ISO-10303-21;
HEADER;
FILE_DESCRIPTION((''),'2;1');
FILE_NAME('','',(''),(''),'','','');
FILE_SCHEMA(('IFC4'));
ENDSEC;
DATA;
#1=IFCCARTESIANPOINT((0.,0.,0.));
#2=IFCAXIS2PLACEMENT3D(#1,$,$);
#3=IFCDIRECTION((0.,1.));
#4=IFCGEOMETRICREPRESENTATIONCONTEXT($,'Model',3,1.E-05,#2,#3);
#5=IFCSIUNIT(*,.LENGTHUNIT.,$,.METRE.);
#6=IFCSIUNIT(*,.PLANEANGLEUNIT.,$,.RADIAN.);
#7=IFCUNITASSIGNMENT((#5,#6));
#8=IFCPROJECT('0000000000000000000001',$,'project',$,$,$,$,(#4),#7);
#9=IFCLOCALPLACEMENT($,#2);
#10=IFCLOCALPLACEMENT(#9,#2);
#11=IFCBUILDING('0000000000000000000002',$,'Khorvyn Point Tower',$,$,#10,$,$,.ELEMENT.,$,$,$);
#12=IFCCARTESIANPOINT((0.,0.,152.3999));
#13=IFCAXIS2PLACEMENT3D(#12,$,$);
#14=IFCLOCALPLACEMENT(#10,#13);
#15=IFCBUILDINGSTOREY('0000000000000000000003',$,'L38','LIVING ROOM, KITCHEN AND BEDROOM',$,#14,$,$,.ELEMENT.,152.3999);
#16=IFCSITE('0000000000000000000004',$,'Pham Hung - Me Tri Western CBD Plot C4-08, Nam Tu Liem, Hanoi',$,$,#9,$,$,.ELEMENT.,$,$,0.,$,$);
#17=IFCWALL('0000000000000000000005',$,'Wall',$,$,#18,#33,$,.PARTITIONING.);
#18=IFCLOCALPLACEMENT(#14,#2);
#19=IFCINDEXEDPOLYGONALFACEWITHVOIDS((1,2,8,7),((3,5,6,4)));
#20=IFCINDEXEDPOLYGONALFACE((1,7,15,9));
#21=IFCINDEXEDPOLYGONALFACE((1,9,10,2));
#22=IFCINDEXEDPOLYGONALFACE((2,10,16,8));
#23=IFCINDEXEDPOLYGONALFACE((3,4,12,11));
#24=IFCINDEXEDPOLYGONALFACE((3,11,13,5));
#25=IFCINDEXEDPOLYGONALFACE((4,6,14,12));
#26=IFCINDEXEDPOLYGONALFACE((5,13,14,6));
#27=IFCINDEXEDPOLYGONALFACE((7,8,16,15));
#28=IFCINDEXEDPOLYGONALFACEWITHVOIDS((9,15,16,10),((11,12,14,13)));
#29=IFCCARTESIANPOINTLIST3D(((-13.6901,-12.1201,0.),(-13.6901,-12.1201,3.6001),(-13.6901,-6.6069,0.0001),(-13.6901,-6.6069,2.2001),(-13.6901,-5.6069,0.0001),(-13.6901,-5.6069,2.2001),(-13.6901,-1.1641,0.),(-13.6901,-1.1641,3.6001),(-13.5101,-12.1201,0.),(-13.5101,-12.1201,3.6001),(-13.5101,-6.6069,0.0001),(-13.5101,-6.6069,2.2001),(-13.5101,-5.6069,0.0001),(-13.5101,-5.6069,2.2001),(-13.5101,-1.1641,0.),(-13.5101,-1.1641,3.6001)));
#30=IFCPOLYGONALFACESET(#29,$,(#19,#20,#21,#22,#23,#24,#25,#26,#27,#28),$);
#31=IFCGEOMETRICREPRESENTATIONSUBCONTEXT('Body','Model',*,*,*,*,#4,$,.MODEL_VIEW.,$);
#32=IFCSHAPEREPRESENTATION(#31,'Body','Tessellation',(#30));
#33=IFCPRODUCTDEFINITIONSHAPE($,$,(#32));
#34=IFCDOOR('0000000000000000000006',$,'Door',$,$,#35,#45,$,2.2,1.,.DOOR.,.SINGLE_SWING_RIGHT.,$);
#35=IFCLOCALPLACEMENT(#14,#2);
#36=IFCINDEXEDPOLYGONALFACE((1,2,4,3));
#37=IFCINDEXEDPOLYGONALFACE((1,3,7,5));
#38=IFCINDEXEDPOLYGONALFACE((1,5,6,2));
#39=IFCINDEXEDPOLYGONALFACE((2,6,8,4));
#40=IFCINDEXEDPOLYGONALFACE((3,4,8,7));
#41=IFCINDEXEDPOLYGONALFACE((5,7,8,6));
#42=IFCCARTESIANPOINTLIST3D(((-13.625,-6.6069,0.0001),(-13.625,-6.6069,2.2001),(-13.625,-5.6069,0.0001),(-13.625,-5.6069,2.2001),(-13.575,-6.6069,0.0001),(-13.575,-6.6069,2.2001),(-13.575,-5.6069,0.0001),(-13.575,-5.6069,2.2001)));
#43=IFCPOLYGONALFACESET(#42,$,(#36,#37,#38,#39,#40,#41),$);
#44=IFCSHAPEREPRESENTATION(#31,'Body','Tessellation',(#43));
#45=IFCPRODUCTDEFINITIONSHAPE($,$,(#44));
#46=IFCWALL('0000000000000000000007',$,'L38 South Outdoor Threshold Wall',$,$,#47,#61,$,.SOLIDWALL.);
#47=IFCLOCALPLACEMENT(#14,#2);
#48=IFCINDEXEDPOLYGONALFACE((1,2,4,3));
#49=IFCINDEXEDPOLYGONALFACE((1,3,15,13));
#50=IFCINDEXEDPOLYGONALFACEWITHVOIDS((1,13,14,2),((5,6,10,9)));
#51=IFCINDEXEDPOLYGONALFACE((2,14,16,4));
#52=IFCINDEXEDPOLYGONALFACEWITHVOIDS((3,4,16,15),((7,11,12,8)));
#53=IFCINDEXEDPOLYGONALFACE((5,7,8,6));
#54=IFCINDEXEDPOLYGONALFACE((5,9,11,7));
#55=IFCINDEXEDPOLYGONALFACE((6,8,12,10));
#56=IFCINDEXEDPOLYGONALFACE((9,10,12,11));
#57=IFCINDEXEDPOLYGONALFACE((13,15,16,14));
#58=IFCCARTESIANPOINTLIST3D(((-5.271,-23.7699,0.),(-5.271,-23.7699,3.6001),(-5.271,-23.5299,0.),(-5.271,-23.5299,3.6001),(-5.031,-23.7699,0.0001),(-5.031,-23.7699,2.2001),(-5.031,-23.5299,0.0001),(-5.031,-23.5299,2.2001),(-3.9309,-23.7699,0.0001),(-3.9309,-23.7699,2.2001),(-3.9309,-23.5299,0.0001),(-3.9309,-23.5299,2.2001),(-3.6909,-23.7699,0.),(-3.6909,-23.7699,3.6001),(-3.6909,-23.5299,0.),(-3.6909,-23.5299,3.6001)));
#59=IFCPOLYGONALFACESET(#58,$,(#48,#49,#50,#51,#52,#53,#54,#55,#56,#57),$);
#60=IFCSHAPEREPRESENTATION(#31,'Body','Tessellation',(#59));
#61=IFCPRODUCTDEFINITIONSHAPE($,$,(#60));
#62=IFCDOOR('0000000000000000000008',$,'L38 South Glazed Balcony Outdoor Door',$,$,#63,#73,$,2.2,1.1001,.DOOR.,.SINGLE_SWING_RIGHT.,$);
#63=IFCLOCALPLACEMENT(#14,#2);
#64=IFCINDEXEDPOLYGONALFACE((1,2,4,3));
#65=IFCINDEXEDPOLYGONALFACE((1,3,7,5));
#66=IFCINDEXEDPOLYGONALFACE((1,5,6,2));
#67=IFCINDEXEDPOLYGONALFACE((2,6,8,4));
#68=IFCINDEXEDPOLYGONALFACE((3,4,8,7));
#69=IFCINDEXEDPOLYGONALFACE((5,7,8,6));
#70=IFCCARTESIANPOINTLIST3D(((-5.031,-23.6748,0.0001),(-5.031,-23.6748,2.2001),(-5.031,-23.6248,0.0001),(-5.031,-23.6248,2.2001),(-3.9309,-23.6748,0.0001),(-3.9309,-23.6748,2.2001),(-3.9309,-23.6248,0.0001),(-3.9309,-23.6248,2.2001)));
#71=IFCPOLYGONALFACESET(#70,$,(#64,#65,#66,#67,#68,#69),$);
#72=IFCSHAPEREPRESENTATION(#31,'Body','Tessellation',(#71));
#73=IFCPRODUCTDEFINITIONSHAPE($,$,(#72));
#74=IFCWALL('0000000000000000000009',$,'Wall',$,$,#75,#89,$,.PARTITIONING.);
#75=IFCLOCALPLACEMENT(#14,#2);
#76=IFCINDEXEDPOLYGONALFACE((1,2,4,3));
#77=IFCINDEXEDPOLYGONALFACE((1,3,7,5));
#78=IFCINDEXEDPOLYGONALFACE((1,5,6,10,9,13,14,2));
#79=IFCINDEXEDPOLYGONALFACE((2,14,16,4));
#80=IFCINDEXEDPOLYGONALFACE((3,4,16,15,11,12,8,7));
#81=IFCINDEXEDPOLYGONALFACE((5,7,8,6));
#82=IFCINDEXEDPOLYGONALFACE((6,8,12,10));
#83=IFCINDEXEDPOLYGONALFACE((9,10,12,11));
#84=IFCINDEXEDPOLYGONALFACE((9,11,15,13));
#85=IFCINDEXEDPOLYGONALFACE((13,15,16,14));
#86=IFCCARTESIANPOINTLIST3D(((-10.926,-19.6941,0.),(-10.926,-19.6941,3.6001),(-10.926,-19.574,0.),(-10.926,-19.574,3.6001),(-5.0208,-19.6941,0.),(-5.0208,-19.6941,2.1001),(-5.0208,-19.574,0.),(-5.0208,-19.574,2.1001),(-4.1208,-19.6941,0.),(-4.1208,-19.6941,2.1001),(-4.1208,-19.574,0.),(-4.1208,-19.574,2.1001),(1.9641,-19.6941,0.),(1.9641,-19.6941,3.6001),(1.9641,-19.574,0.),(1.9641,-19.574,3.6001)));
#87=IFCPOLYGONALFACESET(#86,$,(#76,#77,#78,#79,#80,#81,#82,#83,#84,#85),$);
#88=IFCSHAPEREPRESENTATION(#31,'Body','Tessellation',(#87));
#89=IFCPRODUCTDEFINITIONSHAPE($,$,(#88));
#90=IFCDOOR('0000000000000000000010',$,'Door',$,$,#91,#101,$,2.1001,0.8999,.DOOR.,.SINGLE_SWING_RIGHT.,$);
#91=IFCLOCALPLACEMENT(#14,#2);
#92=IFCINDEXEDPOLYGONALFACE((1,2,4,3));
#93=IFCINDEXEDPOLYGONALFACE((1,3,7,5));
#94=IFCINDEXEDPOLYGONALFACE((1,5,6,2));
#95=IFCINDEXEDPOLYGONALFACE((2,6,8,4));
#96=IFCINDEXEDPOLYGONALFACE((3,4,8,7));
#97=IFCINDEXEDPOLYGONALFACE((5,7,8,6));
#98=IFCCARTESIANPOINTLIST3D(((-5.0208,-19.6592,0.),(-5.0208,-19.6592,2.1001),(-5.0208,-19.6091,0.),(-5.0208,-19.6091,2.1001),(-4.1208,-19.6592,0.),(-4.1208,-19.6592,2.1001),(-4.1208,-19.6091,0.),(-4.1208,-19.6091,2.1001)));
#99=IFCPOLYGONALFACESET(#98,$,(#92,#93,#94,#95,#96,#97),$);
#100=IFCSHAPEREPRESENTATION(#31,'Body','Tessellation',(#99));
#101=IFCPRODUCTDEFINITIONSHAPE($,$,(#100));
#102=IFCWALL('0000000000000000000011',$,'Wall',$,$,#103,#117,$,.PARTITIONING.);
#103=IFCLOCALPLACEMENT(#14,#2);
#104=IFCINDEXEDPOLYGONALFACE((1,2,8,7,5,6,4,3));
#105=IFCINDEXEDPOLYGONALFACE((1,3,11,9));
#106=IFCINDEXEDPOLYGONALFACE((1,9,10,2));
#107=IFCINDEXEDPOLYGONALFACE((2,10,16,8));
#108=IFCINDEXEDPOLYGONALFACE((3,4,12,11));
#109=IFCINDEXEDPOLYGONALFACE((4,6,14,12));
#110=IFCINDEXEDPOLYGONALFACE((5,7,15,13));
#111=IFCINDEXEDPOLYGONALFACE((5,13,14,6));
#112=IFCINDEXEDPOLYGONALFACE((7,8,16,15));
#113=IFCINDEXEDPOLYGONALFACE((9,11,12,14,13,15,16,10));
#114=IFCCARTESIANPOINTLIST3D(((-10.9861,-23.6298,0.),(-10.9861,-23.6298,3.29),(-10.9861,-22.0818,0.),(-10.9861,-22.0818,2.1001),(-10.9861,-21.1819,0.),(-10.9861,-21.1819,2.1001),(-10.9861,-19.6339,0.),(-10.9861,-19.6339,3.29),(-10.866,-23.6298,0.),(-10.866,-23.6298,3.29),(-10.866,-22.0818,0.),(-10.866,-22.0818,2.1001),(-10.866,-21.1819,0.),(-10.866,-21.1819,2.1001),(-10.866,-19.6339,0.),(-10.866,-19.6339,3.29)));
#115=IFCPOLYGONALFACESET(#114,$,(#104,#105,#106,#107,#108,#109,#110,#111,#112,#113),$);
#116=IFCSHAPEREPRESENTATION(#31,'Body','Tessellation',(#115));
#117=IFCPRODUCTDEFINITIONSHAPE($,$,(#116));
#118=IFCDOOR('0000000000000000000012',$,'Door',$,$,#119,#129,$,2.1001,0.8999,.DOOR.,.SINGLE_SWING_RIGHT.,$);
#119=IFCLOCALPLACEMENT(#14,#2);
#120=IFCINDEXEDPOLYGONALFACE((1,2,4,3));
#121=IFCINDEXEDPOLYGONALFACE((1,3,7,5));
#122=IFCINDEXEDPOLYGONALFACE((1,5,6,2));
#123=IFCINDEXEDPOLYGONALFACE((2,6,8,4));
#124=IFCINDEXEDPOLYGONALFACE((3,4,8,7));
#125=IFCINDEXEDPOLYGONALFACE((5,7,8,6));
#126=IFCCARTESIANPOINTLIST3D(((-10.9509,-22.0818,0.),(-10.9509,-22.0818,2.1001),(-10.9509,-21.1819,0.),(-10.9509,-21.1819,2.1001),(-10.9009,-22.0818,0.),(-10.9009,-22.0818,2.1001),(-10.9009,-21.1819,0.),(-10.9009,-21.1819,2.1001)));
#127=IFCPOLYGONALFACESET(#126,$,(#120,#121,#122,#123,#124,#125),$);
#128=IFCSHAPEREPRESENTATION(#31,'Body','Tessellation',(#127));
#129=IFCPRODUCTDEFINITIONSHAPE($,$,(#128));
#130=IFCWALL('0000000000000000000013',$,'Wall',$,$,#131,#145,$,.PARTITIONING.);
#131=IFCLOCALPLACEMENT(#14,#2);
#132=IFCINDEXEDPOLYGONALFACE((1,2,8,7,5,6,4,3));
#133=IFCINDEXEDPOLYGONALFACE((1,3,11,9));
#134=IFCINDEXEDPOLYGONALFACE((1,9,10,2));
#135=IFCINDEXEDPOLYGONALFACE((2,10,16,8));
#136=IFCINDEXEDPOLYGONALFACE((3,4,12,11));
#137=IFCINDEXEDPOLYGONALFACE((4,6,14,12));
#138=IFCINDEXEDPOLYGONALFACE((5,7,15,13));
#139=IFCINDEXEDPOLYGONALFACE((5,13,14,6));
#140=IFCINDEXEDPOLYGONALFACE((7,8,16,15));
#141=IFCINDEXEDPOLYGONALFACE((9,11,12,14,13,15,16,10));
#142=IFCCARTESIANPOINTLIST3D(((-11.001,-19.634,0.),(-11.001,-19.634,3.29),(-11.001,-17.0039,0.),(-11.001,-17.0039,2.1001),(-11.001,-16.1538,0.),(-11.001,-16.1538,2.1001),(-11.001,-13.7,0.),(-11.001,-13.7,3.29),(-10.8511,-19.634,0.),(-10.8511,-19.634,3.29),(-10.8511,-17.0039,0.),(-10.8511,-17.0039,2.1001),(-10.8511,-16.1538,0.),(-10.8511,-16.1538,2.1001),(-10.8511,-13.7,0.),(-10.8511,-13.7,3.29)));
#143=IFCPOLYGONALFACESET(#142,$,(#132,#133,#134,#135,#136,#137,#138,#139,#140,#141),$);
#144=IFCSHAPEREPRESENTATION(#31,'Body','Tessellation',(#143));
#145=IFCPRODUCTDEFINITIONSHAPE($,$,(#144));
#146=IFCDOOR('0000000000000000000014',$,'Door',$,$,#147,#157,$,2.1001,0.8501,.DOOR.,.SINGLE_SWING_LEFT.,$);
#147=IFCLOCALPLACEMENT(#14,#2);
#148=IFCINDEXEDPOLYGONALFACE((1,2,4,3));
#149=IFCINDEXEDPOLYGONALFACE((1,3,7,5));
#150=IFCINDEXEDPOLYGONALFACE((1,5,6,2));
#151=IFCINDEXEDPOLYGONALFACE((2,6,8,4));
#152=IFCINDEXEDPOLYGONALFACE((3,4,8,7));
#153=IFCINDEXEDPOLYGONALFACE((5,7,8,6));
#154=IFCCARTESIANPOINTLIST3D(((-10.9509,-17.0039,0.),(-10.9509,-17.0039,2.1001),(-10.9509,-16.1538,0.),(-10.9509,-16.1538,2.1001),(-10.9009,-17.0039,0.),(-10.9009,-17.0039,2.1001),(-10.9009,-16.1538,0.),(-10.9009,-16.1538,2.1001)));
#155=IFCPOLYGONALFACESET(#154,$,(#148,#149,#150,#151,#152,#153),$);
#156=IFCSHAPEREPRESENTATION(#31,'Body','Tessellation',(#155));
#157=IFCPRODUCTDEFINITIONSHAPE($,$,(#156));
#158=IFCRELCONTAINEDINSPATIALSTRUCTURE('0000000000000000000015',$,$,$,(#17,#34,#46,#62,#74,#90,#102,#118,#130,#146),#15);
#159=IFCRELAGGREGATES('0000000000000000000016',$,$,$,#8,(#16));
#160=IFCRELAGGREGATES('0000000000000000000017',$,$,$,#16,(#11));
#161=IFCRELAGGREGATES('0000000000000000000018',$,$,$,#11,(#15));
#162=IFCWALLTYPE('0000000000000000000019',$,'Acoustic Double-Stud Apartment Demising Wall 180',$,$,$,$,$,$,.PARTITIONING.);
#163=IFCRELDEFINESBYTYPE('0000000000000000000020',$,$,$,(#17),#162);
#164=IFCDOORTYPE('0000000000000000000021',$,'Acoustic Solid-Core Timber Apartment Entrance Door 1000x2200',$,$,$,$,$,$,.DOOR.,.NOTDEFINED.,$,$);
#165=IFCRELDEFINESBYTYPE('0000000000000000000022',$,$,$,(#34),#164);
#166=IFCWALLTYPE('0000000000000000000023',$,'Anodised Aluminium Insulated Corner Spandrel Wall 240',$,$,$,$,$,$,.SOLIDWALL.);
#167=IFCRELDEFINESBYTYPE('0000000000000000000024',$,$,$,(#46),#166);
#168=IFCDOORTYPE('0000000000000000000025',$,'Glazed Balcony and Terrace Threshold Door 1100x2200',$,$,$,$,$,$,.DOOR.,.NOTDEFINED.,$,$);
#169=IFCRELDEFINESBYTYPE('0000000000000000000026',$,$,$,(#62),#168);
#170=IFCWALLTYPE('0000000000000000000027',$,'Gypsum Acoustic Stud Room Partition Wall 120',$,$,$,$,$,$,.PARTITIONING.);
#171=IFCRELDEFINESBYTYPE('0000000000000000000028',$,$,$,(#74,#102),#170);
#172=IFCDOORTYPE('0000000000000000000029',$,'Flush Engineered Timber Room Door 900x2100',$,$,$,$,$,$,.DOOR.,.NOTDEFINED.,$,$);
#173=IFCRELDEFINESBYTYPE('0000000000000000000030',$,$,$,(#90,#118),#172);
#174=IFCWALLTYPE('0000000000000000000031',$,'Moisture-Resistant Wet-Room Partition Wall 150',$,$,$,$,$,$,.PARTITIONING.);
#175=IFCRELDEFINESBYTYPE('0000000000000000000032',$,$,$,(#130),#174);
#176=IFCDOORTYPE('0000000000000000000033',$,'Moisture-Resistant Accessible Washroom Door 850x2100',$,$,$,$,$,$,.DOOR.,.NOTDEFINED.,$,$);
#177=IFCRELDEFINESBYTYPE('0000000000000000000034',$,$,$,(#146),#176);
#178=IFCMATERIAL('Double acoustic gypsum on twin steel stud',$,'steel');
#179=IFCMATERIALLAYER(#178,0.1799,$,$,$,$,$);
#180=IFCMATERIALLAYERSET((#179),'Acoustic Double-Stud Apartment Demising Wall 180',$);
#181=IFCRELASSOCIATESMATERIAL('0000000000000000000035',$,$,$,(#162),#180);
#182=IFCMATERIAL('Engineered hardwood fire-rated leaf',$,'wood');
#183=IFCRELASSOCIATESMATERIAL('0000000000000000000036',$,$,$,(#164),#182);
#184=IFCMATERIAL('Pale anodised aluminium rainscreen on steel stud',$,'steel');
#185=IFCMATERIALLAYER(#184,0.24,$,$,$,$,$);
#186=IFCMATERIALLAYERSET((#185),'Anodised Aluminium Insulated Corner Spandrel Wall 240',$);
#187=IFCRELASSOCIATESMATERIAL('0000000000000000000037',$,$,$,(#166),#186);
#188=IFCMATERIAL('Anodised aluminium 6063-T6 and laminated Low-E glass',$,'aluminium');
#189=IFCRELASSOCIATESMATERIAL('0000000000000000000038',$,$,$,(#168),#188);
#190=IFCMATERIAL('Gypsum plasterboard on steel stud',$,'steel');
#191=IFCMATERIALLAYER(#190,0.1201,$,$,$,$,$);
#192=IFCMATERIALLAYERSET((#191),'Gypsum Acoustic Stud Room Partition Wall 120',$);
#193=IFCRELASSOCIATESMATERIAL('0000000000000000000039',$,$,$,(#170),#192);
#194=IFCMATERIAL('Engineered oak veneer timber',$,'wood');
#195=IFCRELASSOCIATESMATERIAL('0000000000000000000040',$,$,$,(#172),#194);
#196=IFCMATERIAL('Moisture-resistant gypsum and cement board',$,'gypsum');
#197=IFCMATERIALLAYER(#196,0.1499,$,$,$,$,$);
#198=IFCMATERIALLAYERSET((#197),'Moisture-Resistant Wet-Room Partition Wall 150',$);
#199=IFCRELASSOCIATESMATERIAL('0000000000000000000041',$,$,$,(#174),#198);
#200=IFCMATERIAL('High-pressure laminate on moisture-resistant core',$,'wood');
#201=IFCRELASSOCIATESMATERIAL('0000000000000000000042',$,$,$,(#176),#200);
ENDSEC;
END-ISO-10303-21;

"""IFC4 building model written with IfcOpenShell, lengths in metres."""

from ifc_helpers import new_model, si_unit, direction, frame, frame_2d, origin, place, context, subcontext, project, spatial, rectangle, extrude, material, layer, layer_set, type_object, element, fill, save


model = new_model("IFC4")

# Units and contexts
model_context = context("Model", 3, precision=1e-05, world=origin(), true_north=direction((0.0, 1.0)))
body_context = subcontext(model_context, "Body", "Model", "MODEL_VIEW")
ifc_project = project(units=[si_unit("LENGTHUNIT", "METRE"), si_unit("PLANEANGLEUNIT", "RADIAN")], contexts=[model_context])

# Site, building, storey
site_placement = place(None, origin())
site = spatial("IfcSite", under=ifc_project, at=site_placement, Name="Pham Hung - Me Tri Western CBD Plot C4-08, Nam Tu Liem, Hanoi", CompositionType="ELEMENT", RefElevation=0.0)
building_placement = place(site_placement, origin())
building = spatial("IfcBuilding", under=site, at=building_placement, Name="Khorvyn Point Tower", CompositionType="ELEMENT")
storey_placement = place(building_placement, frame((0.0, 0.0, 152.3999)))
storey = spatial("IfcBuildingStorey", under=building, at=storey_placement, Name="L38", Description="LIVING ROOM, KITCHEN AND BEDROOM", CompositionType="ELEMENT", Elevation=152.3999)

# Shared definitions
ifc_material_1 = material(Name="Anodised aluminium 6063-T6 and laminated Low-E glass", Category="aluminium")

# Walls, openings, doors
ifc_material_2 = material(Name="Double acoustic gypsum on twin steel stud", Category="steel")
ifc_layer_1 = layer(ifc_material_2, 0.1799)
ifc_layer_set_1 = layer_set([ifc_layer_1], Name="Acoustic Double-Stud Apartment Demising Wall 180")
wall_type_1 = type_object("IfcWallType", Name="Acoustic Double-Stud Apartment Demising Wall 180", PredefinedType="PARTITIONING", material=ifc_layer_set_1)
wall_1_placement = place(storey_placement, frame((-13.6001, -12.1201, 0.0), z_axis=(0.0, 0.0, 1.0), x_axis=(0.0, 1.0, 0.0)))
wall_1 = element("IfcWall", 1, at=wall_1_placement, inside=storey, type_object=wall_type_1, Name="Wall", PredefinedType="PARTITIONING", context=body_context, shape_type="SweptSolid", body=[
    extrude(rectangle(XDim=10.9561, YDim=0.1799, at=frame_2d((5.478, 0.0))), origin(), (0.0, 0.0, 1.0), 3.6001),
])
opening_1_placement = place(wall_1_placement, frame((5.5132, 0.0, 0.0)))
opening_1 = element("IfcOpeningElement", 2, at=opening_1_placement, cuts=wall_1, PredefinedType="OPENING", context=body_context, shape_type="SweptSolid", body=[
    extrude(rectangle(XDim=1.0, YDim=2.2, at=frame_2d((0.5, 1.1001))), frame((0.0, 0.0999, 0.0), z_axis=(0.0, -1.0, 0.0), x_axis=(1.0, 0.0, 0.0)), (0.0, 0.0, 1.0), 0.2),
])
ifc_material_3 = material(Name="Engineered hardwood fire-rated leaf", Category="wood")
door_type_1 = type_object("IfcDoorType", Name="Acoustic Solid-Core Timber Apartment Entrance Door 1000x2200", OperationType="NOTDEFINED", PredefinedType="DOOR", material=ifc_material_3)
door_1_placement = place(opening_1_placement, origin())
door_1 = element("IfcDoor", 3, at=door_1_placement, inside=storey, type_object=door_type_1, Name="Door", OperationType="SINGLE_SWING_RIGHT", OverallHeight=2.2, OverallWidth=1.0, PredefinedType="DOOR", context=body_context, shape_type="SweptSolid", body=[
    extrude(rectangle(XDim=1.0, YDim=2.2, at=frame_2d((0.5, 1.1001))), frame((0.0, 0.0249, 0.0), z_axis=(0.0, -1.0, 0.0), x_axis=(1.0, 0.0, 0.0)), (0.0, 0.0, 1.0), 0.05),
])
fill(opening_1, door_1)
ifc_material_4 = material(Name="Pale anodised aluminium rainscreen on steel stud", Category="steel")
ifc_layer_2 = layer(ifc_material_4, 0.24)
ifc_layer_set_2 = layer_set([ifc_layer_2], Name="Anodised Aluminium Insulated Corner Spandrel Wall 240")
wall_type_2 = type_object("IfcWallType", Name="Anodised Aluminium Insulated Corner Spandrel Wall 240", PredefinedType="SOLIDWALL", material=ifc_layer_set_2)
wall_2_placement = place(storey_placement, frame((-3.6909, -23.6499, 0.0), z_axis=(0.0, 0.0, 1.0), x_axis=(-1.0, 0.0, 0.0)))
wall_2 = element("IfcWall", 4, at=wall_2_placement, inside=storey, type_object=wall_type_2, Name="L38 South Outdoor Threshold Wall", PredefinedType="SOLIDWALL", context=body_context, shape_type="SweptSolid", body=[
    extrude(rectangle(XDim=1.5801, YDim=0.24, at=frame_2d((0.79, 0.0))), origin(), (0.0, 0.0, 1.0), 3.6001),
])
opening_2_placement = place(wall_2_placement, frame((0.24, 0.0, 0.0)))
opening_2 = element("IfcOpeningElement", 5, at=opening_2_placement, cuts=wall_2, PredefinedType="OPENING", context=body_context, shape_type="SweptSolid", body=[
    extrude(rectangle(XDim=1.1001, YDim=2.2, at=frame_2d((0.55, 1.1001))), frame((0.0, 0.1299, 0.0), z_axis=(0.0, -1.0, 0.0), x_axis=(1.0, 0.0, 0.0)), (0.0, 0.0, 1.0), 0.26),
])
door_type_2 = type_object("IfcDoorType", Name="Glazed Balcony and Terrace Threshold Door 1100x2200", OperationType="NOTDEFINED", PredefinedType="DOOR", material=ifc_material_1)
door_2_placement = place(opening_2_placement, origin())
door_2 = element("IfcDoor", 6, at=door_2_placement, inside=storey, type_object=door_type_2, Name="L38 South Glazed Balcony Outdoor Door", OperationType="SINGLE_SWING_RIGHT", OverallHeight=2.2, OverallWidth=1.1001, PredefinedType="DOOR", context=body_context, shape_type="SweptSolid", body=[
    extrude(rectangle(XDim=1.1001, YDim=2.2, at=frame_2d((0.55, 1.1001))), frame((0.0, 0.0249, 0.0), z_axis=(0.0, -1.0, 0.0), x_axis=(1.0, 0.0, 0.0)), (0.0, 0.0, 1.0), 0.05),
])
fill(opening_2, door_2)
ifc_material_5 = material(Name="Gypsum plasterboard on steel stud", Category="steel")
ifc_layer_3 = layer(ifc_material_5, 0.1201)
ifc_layer_set_3 = layer_set([ifc_layer_3], Name="Gypsum Acoustic Stud Room Partition Wall 120")
wall_type_3 = type_object("IfcWallType", Name="Gypsum Acoustic Stud Room Partition Wall 120", PredefinedType="PARTITIONING", material=ifc_layer_set_3)
wall_3_placement = place(storey_placement, frame((-10.926, -19.634, 0.0), z_axis=(0.0, 0.0, 1.0), x_axis=(1.0, 0.0, 0.0)))
wall_3 = element("IfcWall", 7, at=wall_3_placement, inside=storey, type_object=wall_type_3, Name="Wall", PredefinedType="PARTITIONING", context=body_context, shape_type="SweptSolid", body=[
    extrude(rectangle(XDim=12.8901, YDim=0.1201, at=frame_2d((6.4451, 0.0))), origin(), (0.0, 0.0, 1.0), 3.6001),
])
opening_3_placement = place(wall_3_placement, frame((5.9053, 0.0, 0.0)))
opening_3 = element("IfcOpeningElement", 8, at=opening_3_placement, cuts=wall_3, PredefinedType="OPENING", context=body_context, shape_type="SweptSolid", body=[
    extrude(rectangle(XDim=0.8999, YDim=2.1001, at=frame_2d((0.45, 1.05))), frame((0.0, 0.0701, 0.0), z_axis=(0.0, -1.0, 0.0), x_axis=(1.0, 0.0, 0.0)), (0.0, 0.0, 1.0), 0.1401),
])
ifc_material_6 = material(Name="Engineered oak veneer timber", Category="wood")
door_type_3 = type_object("IfcDoorType", Name="Flush Engineered Timber Room Door 900x2100", OperationType="NOTDEFINED", PredefinedType="DOOR", material=ifc_material_6)
door_3_placement = place(opening_3_placement, origin())
door_3 = element("IfcDoor", 9, at=door_3_placement, inside=storey, type_object=door_type_3, Name="Door", OperationType="SINGLE_SWING_RIGHT", OverallHeight=2.1001, OverallWidth=0.8999, PredefinedType="DOOR", context=body_context, shape_type="SweptSolid", body=[
    extrude(rectangle(XDim=0.8999, YDim=2.1001, at=frame_2d((0.45, 1.05))), frame((0.0, 0.0249, 0.0), z_axis=(0.0, -1.0, 0.0), x_axis=(1.0, 0.0, 0.0)), (0.0, 0.0, 1.0), 0.05),
])
fill(opening_3, door_3)
wall_4_placement = place(storey_placement, frame((-10.926, -23.6299, 0.0), z_axis=(0.0, 0.0, 1.0), x_axis=(0.0, 1.0, 0.0)))
wall_4 = element("IfcWall", 10, at=wall_4_placement, inside=storey, type_object=wall_type_3, Name="Wall", PredefinedType="PARTITIONING", context=body_context, shape_type="SweptSolid", body=[
    extrude(rectangle(XDim=3.9958, YDim=0.1201, at=frame_2d((1.998, 0.0))), origin(), (0.0, 0.0, 1.0), 3.29),
])
opening_4_placement = place(wall_4_placement, frame((1.5481, 0.0, 0.0)))
opening_4 = element("IfcOpeningElement", 11, at=opening_4_placement, cuts=wall_4, PredefinedType="OPENING", context=body_context, shape_type="SweptSolid", body=[
    extrude(rectangle(XDim=0.8999, YDim=2.1001, at=frame_2d((0.45, 1.05))), frame((0.0, 0.0701, 0.0), z_axis=(0.0, -1.0, 0.0), x_axis=(1.0, 0.0, 0.0)), (0.0, 0.0, 1.0), 0.1401),
])
door_4_placement = place(opening_4_placement, origin())
door_4 = element("IfcDoor", 12, at=door_4_placement, inside=storey, type_object=door_type_3, Name="Door", OperationType="SINGLE_SWING_RIGHT", OverallHeight=2.1001, OverallWidth=0.8999, PredefinedType="DOOR", context=body_context, shape_type="SweptSolid", body=[
    extrude(rectangle(XDim=0.8999, YDim=2.1001, at=frame_2d((0.45, 1.05))), frame((0.0, 0.0249, 0.0), z_axis=(0.0, -1.0, 0.0), x_axis=(1.0, 0.0, 0.0)), (0.0, 0.0, 1.0), 0.05),
])
fill(opening_4, door_4)
ifc_material_7 = material(Name="Moisture-resistant gypsum and cement board", Category="gypsum")
ifc_layer_4 = layer(ifc_material_7, 0.1499)
ifc_layer_set_4 = layer_set([ifc_layer_4], Name="Moisture-Resistant Wet-Room Partition Wall 150")
wall_type_4 = type_object("IfcWallType", Name="Moisture-Resistant Wet-Room Partition Wall 150", PredefinedType="PARTITIONING", material=ifc_layer_set_4)
wall_5_placement = place(storey_placement, frame((-10.926, -19.634, 0.0), z_axis=(0.0, 0.0, 1.0), x_axis=(0.0, 1.0, 0.0)))
wall_5 = element("IfcWall", 13, at=wall_5_placement, inside=storey, type_object=wall_type_4, Name="Wall", PredefinedType="PARTITIONING", context=body_context, shape_type="SweptSolid", body=[
    extrude(rectangle(XDim=5.9341, YDim=0.1499, at=frame_2d((2.967, 0.0))), origin(), (0.0, 0.0, 1.0), 3.29),
])
opening_5_placement = place(wall_5_placement, frame((2.6301, 0.0, 0.0)))
opening_5 = element("IfcOpeningElement", 14, at=opening_5_placement, cuts=wall_5, PredefinedType="OPENING", context=body_context, shape_type="SweptSolid", body=[
    extrude(rectangle(XDim=0.8501, YDim=2.1001, at=frame_2d((0.425, 1.05))), frame((0.0, 0.085, 0.0), z_axis=(0.0, -1.0, 0.0), x_axis=(1.0, 0.0, 0.0)), (0.0, 0.0, 1.0), 0.1699),
])
ifc_material_8 = material(Name="High-pressure laminate on moisture-resistant core", Category="wood")
door_type_4 = type_object("IfcDoorType", Name="Moisture-Resistant Accessible Washroom Door 850x2100", OperationType="NOTDEFINED", PredefinedType="DOOR", material=ifc_material_8)
door_5_placement = place(opening_5_placement, origin())
door_5 = element("IfcDoor", 15, at=door_5_placement, inside=storey, type_object=door_type_4, Name="Door", OperationType="SINGLE_SWING_LEFT", OverallHeight=2.1001, OverallWidth=0.8501, PredefinedType="DOOR", context=body_context, shape_type="SweptSolid", body=[
    extrude(rectangle(XDim=0.8501, YDim=2.1001, at=frame_2d((0.425, 1.05))), frame((0.0, 0.0249, 0.0), z_axis=(0.0, -1.0, 0.0), x_axis=(1.0, 0.0, 0.0)), (0.0, 0.0, 1.0), 0.05),
])
fill(opening_5, door_5)

save(model, "model.ifc")
